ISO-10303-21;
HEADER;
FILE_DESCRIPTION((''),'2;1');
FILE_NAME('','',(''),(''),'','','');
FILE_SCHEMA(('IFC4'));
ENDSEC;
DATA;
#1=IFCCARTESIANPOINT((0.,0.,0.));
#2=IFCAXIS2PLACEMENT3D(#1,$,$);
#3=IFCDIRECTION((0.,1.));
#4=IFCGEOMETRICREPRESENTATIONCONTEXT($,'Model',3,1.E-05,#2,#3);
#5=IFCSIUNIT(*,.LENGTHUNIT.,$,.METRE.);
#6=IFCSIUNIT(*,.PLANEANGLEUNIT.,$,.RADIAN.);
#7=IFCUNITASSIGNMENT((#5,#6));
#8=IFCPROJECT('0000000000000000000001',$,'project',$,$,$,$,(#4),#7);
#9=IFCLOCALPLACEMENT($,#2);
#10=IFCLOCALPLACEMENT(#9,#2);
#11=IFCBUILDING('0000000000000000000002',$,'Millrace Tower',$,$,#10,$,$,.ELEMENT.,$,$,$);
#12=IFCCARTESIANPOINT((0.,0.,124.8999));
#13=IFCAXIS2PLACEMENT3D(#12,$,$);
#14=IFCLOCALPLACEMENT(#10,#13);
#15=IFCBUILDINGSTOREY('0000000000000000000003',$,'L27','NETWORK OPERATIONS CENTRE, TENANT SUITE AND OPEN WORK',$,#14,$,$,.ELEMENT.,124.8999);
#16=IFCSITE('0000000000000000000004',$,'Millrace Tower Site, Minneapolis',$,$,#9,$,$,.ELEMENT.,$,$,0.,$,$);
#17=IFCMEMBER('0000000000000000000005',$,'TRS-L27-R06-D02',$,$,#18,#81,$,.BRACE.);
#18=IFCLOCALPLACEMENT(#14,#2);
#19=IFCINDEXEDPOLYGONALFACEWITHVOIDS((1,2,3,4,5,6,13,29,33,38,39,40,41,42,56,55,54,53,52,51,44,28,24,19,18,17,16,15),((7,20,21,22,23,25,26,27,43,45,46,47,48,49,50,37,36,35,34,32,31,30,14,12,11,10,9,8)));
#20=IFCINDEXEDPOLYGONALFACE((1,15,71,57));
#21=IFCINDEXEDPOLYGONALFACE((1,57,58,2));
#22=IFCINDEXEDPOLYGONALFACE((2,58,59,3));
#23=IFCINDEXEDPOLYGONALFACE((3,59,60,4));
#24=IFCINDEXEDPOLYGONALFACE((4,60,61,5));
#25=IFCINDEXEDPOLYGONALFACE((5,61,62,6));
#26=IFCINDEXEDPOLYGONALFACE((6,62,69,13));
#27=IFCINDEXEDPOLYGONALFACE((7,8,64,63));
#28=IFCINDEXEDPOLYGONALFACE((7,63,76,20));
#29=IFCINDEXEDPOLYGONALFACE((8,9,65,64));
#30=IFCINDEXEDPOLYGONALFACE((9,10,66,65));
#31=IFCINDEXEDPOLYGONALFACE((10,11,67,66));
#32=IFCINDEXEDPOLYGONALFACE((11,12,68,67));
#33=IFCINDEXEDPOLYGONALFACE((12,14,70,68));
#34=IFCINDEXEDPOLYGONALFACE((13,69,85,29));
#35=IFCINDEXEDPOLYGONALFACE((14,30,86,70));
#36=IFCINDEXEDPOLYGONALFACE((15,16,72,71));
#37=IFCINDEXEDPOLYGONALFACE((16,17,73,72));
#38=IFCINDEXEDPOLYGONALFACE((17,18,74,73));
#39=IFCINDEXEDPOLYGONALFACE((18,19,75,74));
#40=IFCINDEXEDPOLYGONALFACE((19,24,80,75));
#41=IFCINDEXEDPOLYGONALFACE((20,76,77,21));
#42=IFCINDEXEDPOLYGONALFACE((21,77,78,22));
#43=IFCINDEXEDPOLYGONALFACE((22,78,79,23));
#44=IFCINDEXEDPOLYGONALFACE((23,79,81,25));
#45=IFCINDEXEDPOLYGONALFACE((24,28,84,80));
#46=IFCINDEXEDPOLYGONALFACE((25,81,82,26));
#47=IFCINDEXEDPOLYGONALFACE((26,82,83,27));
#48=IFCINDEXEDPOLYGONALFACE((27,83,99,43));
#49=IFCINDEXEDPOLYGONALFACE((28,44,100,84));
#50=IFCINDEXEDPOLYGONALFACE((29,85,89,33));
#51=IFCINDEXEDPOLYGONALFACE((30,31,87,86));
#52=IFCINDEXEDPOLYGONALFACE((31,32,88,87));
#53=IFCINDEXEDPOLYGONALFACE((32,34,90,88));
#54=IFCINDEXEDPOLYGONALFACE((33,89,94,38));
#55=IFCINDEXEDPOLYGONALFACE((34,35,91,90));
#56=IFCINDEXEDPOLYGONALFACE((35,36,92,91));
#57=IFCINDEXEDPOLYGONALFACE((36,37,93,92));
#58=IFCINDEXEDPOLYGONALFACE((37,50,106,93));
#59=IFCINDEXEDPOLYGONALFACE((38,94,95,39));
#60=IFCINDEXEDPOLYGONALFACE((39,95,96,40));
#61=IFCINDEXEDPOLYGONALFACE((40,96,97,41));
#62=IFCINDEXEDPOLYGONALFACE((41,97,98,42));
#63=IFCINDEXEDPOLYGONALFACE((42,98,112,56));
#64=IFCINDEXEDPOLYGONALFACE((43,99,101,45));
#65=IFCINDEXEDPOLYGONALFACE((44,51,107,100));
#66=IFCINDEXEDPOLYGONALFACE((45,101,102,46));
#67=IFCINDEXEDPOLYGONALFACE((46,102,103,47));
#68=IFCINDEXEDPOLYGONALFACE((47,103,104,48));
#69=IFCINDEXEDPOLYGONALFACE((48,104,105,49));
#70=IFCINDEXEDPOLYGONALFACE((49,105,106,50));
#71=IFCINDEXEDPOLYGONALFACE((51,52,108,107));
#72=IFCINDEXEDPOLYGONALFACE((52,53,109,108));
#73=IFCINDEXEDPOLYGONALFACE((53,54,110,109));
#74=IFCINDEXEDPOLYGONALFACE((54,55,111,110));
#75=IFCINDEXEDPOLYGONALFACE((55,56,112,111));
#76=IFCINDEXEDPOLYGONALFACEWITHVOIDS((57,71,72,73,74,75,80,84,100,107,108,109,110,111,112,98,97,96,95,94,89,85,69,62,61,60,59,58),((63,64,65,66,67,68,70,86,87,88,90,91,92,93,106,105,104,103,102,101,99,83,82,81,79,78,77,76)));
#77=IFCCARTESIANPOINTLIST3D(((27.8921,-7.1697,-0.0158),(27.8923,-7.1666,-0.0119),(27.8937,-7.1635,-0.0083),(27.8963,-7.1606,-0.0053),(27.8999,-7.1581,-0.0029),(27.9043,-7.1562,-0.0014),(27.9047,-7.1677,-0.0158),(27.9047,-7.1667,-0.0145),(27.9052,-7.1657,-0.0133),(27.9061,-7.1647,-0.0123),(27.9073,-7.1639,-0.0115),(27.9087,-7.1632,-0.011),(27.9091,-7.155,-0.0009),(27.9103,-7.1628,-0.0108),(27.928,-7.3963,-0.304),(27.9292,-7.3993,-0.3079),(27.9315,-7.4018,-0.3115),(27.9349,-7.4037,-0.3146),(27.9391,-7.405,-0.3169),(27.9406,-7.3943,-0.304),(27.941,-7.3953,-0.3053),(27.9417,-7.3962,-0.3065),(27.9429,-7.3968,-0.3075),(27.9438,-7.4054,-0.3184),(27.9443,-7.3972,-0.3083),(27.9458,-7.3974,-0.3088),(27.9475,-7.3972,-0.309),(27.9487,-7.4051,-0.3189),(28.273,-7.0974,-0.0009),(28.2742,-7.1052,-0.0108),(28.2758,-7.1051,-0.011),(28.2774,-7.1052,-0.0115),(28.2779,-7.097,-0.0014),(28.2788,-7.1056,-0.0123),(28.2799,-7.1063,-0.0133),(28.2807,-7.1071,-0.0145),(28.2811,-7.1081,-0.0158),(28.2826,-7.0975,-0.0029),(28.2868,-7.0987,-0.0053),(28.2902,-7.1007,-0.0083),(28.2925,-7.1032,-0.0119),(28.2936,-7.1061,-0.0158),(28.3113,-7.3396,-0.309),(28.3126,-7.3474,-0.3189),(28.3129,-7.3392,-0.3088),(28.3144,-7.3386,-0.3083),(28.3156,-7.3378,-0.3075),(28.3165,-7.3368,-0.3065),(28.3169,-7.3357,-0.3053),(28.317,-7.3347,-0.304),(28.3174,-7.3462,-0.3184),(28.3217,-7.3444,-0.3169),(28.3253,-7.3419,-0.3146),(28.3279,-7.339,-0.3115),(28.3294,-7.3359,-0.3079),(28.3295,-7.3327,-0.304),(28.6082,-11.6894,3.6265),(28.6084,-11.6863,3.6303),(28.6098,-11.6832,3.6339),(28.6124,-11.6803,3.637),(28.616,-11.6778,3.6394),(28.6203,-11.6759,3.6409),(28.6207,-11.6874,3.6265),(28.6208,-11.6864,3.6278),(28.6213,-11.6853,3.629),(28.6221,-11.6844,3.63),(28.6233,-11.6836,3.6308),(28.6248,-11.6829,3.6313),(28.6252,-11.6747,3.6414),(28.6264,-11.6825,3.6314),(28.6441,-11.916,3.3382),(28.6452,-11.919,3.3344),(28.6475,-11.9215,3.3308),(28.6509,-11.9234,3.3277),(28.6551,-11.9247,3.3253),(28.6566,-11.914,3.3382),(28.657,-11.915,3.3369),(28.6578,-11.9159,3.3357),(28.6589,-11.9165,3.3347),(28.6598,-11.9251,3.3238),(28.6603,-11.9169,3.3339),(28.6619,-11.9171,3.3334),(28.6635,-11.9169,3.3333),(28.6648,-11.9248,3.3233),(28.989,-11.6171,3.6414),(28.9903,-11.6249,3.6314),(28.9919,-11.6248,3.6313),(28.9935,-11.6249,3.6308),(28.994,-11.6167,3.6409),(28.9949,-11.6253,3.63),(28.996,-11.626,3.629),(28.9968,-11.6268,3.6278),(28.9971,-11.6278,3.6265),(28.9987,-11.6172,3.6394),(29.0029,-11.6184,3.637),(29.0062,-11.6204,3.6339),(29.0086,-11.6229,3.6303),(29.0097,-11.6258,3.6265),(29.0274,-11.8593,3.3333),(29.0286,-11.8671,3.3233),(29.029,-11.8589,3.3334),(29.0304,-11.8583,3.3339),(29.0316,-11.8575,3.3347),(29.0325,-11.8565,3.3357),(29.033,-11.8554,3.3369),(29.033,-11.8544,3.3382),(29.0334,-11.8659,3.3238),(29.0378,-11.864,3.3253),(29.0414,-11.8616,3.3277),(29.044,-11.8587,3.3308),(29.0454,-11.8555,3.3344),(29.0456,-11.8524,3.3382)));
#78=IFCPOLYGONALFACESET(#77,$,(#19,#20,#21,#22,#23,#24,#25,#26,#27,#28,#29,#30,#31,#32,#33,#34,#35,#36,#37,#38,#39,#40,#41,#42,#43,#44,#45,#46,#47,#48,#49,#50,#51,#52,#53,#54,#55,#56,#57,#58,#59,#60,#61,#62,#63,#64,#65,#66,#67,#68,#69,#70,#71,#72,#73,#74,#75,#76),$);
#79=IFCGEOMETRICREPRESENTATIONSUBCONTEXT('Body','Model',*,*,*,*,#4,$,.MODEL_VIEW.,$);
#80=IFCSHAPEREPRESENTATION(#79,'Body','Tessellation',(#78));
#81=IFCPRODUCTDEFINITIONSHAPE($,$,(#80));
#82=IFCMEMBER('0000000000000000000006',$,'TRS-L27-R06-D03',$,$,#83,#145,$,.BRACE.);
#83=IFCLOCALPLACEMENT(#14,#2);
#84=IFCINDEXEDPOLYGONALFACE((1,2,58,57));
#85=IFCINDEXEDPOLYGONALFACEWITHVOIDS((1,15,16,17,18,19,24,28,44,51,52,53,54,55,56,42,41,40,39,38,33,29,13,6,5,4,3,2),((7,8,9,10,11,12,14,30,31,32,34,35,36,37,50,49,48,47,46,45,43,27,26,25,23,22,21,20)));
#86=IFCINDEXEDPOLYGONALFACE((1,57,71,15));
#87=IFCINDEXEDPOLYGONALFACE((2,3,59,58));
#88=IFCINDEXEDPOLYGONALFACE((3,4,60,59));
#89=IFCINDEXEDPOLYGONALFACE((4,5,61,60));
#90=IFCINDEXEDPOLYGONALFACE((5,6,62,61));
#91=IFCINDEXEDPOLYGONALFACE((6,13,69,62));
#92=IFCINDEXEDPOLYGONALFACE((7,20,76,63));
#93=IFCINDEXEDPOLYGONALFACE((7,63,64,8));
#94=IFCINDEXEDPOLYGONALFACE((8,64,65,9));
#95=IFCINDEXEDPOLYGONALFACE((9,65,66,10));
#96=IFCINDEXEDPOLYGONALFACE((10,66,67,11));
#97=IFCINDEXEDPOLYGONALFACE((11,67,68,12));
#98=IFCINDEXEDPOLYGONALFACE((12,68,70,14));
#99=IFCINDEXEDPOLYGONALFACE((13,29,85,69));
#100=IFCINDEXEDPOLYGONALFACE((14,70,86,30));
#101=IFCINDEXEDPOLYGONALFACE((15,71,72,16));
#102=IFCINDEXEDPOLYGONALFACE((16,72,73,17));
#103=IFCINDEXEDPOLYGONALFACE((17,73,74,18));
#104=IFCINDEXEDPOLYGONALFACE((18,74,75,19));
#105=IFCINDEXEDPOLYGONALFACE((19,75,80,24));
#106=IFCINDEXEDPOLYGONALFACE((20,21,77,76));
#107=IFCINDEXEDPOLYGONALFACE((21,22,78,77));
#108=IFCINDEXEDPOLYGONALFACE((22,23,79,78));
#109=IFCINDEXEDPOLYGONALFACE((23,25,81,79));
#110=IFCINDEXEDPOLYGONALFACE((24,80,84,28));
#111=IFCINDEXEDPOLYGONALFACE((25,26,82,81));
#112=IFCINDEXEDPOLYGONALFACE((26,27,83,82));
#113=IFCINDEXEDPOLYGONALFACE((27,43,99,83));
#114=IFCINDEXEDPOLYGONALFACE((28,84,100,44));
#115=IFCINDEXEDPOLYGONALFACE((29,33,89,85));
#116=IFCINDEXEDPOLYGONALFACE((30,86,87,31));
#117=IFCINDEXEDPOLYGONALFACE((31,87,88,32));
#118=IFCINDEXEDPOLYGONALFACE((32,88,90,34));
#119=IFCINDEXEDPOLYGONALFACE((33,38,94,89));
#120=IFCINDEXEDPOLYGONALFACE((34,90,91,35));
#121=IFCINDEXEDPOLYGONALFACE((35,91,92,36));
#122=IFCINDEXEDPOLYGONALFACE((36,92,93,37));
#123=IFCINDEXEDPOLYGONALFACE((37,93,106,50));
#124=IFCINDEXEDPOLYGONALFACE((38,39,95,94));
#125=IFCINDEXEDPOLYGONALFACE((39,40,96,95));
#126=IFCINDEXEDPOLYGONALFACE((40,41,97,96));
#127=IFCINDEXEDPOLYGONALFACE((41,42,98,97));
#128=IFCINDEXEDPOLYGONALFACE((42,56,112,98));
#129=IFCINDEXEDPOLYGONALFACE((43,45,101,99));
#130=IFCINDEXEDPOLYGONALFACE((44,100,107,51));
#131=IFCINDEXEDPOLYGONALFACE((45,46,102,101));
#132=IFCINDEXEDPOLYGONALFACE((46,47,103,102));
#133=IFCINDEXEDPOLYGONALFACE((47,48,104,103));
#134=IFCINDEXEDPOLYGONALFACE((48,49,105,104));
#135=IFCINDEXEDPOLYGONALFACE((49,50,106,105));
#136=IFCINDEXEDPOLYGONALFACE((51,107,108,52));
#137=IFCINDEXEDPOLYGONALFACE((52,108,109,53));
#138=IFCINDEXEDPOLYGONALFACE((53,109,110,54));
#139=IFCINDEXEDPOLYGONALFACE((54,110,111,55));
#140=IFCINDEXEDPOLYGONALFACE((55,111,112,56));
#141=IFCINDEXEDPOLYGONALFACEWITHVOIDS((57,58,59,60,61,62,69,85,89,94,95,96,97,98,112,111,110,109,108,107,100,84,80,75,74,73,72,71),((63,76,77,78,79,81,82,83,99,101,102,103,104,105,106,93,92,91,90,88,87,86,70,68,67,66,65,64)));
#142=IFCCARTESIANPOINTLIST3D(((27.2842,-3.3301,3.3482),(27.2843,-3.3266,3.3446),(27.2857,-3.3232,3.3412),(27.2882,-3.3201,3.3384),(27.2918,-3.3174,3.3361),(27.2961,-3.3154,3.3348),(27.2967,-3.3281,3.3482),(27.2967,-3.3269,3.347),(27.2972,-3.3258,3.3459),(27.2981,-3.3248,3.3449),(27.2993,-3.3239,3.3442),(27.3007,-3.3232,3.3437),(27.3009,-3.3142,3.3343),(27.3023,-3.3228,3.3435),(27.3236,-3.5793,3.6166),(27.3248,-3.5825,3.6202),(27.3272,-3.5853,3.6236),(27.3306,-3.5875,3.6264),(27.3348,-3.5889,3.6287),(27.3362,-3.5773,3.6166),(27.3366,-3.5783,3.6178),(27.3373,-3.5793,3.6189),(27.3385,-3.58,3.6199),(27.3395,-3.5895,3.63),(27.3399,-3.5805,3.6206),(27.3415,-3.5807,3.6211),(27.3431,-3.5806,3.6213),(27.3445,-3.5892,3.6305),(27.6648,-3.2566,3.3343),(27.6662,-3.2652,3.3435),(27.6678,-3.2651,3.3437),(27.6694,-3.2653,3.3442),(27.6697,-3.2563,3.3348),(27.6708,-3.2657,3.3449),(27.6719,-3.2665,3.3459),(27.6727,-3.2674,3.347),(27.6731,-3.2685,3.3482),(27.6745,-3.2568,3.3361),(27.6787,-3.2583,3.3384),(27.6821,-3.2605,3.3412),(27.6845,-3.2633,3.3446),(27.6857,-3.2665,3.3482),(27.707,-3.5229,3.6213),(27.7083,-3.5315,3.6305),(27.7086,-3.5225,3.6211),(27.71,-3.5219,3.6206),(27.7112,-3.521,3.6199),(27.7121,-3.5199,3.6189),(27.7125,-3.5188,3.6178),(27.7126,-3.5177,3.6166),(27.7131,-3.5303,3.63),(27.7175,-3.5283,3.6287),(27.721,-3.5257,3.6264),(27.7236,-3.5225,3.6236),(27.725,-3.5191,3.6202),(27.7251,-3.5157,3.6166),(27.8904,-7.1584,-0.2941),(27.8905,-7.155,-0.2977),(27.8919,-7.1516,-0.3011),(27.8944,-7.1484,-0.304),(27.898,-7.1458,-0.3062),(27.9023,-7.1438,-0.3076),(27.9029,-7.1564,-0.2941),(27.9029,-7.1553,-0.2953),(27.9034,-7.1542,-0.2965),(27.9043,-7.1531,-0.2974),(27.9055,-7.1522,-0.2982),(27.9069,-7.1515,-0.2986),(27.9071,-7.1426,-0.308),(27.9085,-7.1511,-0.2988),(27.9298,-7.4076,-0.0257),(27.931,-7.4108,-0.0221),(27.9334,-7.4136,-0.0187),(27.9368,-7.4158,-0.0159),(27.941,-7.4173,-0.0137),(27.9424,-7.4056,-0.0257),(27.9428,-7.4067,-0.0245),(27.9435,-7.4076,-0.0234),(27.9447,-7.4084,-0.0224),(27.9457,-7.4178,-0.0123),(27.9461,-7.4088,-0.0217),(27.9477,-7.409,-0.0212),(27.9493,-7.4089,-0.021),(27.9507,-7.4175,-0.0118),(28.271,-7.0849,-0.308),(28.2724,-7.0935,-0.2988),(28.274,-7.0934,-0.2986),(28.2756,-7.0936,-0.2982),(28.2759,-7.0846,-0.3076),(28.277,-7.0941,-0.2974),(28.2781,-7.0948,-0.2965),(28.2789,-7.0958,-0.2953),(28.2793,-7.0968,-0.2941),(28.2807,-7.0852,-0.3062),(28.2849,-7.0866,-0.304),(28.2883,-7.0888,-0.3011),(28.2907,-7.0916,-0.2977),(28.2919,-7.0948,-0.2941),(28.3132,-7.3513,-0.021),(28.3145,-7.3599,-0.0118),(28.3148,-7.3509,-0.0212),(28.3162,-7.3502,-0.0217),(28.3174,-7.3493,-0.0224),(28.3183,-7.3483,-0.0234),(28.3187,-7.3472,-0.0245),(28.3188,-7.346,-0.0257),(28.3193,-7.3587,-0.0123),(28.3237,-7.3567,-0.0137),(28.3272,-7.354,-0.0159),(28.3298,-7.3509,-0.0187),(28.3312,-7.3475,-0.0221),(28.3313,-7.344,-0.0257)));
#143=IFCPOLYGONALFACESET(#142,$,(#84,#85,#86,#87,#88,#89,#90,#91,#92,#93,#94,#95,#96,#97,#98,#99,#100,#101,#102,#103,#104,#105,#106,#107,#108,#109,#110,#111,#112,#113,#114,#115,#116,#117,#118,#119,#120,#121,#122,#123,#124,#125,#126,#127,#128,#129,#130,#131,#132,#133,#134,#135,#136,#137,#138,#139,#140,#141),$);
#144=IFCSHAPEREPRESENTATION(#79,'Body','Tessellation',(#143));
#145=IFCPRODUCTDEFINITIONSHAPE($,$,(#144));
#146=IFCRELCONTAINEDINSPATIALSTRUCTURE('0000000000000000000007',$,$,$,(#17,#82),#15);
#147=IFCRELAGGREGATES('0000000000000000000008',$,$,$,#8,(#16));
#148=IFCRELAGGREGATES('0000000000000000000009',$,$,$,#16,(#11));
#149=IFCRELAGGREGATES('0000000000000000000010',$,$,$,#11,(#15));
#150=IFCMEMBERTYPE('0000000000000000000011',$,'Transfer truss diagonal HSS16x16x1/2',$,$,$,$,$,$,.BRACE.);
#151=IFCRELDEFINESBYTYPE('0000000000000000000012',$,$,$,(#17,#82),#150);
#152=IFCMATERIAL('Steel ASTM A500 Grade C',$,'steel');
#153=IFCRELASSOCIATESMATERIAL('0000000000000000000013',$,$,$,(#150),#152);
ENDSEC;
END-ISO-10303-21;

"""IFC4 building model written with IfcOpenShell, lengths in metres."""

from ifc_helpers import new_model, si_unit, direction, frame, origin, origin_2d, place, context, subcontext, project, spatial, hollow_rectangle, extrude, material, material_profile, profile_set, type_object, element, save


model = new_model("IFC4")

# Units and contexts
model_context = context("Model", 3, precision=1e-05, world=origin(), true_north=direction((0.0, 1.0)))
body_context = subcontext(model_context, "Body", "Model", "MODEL_VIEW")
ifc_project = project(units=[si_unit("LENGTHUNIT", "METRE"), si_unit("PLANEANGLEUNIT", "RADIAN")], contexts=[model_context])

# Site, building, storey
site_placement = place(None, origin())
site = spatial("IfcSite", under=ifc_project, at=site_placement, Name="Millrace Tower Site, Minneapolis", CompositionType="ELEMENT", RefElevation=0.0)
building_placement = place(site_placement, origin())
building = spatial("IfcBuilding", under=site, at=building_placement, Name="Millrace Tower", CompositionType="ELEMENT")
storey_placement = place(building_placement, frame((0.0, 0.0, 124.8999)))
storey = spatial("IfcBuildingStorey", under=building, at=storey_placement, Name="L27", Description="NETWORK OPERATIONS CENTRE, TENANT SUITE AND OPEN WORK", CompositionType="ELEMENT", Elevation=124.8999)

# Members
ifc_material_1 = material(Name="Steel ASTM A500 Grade C", Category="steel")
ifc_material_profile_1 = material_profile(ifc_material_1, hollow_rectangle(XDim=0.4065, YDim=0.4065, WallThickness=0.0127, InnerFilletRadius=0.0063, OuterFilletRadius=0.019, at=origin_2d()))
ifc_profile_set_1 = profile_set([ifc_material_profile_1], Name="Steel ASTM A500 Grade C")
member_type_1 = type_object("IfcMemberType", Name="Transfer truss diagonal HSS16x16x1/2", PredefinedType="BRACE", material=ifc_profile_set_1)
member_1_placement = place(storey_placement, frame((28.1108, -7.2512, -0.1599), z_axis=(0.122431, -0.772778, 0.622756), x_axis=(0.987682, 0.156478, 0.0)))
element("IfcMember", 1, at=member_1_placement, inside=storey, type_object=member_type_1, Name="TRS-L27-R06-D02", PredefinedType="BRACE", context=body_context, shape_type="SweptSolid", body=[
    extrude(hollow_rectangle(XDim=0.4065, YDim=0.4065, WallThickness=0.0127, InnerFilletRadius=0.0063, OuterFilletRadius=0.019, at=origin_2d()), origin(), (0.0, 0.0, 1.0), 5.8486),
])
member_2_placement = place(storey_placement, frame((28.1108, -7.2512, -0.1599), z_axis=(-0.113972, 0.71977, 0.684793), x_axis=(-0.987694, -0.156396, 0.0)))
element("IfcMember", 2, at=member_2_placement, inside=storey, type_object=member_type_1, Name="TRS-L27-R06-D03", PredefinedType="BRACE", context=body_context, shape_type="SweptSolid", body=[
    extrude(hollow_rectangle(XDim=0.4065, YDim=0.4065, WallThickness=0.0127, InnerFilletRadius=0.0063, OuterFilletRadius=0.019, at=origin_2d()), origin(), (0.0, 0.0, 1.0), 5.3188),
])

save(model, "model.ifc")
